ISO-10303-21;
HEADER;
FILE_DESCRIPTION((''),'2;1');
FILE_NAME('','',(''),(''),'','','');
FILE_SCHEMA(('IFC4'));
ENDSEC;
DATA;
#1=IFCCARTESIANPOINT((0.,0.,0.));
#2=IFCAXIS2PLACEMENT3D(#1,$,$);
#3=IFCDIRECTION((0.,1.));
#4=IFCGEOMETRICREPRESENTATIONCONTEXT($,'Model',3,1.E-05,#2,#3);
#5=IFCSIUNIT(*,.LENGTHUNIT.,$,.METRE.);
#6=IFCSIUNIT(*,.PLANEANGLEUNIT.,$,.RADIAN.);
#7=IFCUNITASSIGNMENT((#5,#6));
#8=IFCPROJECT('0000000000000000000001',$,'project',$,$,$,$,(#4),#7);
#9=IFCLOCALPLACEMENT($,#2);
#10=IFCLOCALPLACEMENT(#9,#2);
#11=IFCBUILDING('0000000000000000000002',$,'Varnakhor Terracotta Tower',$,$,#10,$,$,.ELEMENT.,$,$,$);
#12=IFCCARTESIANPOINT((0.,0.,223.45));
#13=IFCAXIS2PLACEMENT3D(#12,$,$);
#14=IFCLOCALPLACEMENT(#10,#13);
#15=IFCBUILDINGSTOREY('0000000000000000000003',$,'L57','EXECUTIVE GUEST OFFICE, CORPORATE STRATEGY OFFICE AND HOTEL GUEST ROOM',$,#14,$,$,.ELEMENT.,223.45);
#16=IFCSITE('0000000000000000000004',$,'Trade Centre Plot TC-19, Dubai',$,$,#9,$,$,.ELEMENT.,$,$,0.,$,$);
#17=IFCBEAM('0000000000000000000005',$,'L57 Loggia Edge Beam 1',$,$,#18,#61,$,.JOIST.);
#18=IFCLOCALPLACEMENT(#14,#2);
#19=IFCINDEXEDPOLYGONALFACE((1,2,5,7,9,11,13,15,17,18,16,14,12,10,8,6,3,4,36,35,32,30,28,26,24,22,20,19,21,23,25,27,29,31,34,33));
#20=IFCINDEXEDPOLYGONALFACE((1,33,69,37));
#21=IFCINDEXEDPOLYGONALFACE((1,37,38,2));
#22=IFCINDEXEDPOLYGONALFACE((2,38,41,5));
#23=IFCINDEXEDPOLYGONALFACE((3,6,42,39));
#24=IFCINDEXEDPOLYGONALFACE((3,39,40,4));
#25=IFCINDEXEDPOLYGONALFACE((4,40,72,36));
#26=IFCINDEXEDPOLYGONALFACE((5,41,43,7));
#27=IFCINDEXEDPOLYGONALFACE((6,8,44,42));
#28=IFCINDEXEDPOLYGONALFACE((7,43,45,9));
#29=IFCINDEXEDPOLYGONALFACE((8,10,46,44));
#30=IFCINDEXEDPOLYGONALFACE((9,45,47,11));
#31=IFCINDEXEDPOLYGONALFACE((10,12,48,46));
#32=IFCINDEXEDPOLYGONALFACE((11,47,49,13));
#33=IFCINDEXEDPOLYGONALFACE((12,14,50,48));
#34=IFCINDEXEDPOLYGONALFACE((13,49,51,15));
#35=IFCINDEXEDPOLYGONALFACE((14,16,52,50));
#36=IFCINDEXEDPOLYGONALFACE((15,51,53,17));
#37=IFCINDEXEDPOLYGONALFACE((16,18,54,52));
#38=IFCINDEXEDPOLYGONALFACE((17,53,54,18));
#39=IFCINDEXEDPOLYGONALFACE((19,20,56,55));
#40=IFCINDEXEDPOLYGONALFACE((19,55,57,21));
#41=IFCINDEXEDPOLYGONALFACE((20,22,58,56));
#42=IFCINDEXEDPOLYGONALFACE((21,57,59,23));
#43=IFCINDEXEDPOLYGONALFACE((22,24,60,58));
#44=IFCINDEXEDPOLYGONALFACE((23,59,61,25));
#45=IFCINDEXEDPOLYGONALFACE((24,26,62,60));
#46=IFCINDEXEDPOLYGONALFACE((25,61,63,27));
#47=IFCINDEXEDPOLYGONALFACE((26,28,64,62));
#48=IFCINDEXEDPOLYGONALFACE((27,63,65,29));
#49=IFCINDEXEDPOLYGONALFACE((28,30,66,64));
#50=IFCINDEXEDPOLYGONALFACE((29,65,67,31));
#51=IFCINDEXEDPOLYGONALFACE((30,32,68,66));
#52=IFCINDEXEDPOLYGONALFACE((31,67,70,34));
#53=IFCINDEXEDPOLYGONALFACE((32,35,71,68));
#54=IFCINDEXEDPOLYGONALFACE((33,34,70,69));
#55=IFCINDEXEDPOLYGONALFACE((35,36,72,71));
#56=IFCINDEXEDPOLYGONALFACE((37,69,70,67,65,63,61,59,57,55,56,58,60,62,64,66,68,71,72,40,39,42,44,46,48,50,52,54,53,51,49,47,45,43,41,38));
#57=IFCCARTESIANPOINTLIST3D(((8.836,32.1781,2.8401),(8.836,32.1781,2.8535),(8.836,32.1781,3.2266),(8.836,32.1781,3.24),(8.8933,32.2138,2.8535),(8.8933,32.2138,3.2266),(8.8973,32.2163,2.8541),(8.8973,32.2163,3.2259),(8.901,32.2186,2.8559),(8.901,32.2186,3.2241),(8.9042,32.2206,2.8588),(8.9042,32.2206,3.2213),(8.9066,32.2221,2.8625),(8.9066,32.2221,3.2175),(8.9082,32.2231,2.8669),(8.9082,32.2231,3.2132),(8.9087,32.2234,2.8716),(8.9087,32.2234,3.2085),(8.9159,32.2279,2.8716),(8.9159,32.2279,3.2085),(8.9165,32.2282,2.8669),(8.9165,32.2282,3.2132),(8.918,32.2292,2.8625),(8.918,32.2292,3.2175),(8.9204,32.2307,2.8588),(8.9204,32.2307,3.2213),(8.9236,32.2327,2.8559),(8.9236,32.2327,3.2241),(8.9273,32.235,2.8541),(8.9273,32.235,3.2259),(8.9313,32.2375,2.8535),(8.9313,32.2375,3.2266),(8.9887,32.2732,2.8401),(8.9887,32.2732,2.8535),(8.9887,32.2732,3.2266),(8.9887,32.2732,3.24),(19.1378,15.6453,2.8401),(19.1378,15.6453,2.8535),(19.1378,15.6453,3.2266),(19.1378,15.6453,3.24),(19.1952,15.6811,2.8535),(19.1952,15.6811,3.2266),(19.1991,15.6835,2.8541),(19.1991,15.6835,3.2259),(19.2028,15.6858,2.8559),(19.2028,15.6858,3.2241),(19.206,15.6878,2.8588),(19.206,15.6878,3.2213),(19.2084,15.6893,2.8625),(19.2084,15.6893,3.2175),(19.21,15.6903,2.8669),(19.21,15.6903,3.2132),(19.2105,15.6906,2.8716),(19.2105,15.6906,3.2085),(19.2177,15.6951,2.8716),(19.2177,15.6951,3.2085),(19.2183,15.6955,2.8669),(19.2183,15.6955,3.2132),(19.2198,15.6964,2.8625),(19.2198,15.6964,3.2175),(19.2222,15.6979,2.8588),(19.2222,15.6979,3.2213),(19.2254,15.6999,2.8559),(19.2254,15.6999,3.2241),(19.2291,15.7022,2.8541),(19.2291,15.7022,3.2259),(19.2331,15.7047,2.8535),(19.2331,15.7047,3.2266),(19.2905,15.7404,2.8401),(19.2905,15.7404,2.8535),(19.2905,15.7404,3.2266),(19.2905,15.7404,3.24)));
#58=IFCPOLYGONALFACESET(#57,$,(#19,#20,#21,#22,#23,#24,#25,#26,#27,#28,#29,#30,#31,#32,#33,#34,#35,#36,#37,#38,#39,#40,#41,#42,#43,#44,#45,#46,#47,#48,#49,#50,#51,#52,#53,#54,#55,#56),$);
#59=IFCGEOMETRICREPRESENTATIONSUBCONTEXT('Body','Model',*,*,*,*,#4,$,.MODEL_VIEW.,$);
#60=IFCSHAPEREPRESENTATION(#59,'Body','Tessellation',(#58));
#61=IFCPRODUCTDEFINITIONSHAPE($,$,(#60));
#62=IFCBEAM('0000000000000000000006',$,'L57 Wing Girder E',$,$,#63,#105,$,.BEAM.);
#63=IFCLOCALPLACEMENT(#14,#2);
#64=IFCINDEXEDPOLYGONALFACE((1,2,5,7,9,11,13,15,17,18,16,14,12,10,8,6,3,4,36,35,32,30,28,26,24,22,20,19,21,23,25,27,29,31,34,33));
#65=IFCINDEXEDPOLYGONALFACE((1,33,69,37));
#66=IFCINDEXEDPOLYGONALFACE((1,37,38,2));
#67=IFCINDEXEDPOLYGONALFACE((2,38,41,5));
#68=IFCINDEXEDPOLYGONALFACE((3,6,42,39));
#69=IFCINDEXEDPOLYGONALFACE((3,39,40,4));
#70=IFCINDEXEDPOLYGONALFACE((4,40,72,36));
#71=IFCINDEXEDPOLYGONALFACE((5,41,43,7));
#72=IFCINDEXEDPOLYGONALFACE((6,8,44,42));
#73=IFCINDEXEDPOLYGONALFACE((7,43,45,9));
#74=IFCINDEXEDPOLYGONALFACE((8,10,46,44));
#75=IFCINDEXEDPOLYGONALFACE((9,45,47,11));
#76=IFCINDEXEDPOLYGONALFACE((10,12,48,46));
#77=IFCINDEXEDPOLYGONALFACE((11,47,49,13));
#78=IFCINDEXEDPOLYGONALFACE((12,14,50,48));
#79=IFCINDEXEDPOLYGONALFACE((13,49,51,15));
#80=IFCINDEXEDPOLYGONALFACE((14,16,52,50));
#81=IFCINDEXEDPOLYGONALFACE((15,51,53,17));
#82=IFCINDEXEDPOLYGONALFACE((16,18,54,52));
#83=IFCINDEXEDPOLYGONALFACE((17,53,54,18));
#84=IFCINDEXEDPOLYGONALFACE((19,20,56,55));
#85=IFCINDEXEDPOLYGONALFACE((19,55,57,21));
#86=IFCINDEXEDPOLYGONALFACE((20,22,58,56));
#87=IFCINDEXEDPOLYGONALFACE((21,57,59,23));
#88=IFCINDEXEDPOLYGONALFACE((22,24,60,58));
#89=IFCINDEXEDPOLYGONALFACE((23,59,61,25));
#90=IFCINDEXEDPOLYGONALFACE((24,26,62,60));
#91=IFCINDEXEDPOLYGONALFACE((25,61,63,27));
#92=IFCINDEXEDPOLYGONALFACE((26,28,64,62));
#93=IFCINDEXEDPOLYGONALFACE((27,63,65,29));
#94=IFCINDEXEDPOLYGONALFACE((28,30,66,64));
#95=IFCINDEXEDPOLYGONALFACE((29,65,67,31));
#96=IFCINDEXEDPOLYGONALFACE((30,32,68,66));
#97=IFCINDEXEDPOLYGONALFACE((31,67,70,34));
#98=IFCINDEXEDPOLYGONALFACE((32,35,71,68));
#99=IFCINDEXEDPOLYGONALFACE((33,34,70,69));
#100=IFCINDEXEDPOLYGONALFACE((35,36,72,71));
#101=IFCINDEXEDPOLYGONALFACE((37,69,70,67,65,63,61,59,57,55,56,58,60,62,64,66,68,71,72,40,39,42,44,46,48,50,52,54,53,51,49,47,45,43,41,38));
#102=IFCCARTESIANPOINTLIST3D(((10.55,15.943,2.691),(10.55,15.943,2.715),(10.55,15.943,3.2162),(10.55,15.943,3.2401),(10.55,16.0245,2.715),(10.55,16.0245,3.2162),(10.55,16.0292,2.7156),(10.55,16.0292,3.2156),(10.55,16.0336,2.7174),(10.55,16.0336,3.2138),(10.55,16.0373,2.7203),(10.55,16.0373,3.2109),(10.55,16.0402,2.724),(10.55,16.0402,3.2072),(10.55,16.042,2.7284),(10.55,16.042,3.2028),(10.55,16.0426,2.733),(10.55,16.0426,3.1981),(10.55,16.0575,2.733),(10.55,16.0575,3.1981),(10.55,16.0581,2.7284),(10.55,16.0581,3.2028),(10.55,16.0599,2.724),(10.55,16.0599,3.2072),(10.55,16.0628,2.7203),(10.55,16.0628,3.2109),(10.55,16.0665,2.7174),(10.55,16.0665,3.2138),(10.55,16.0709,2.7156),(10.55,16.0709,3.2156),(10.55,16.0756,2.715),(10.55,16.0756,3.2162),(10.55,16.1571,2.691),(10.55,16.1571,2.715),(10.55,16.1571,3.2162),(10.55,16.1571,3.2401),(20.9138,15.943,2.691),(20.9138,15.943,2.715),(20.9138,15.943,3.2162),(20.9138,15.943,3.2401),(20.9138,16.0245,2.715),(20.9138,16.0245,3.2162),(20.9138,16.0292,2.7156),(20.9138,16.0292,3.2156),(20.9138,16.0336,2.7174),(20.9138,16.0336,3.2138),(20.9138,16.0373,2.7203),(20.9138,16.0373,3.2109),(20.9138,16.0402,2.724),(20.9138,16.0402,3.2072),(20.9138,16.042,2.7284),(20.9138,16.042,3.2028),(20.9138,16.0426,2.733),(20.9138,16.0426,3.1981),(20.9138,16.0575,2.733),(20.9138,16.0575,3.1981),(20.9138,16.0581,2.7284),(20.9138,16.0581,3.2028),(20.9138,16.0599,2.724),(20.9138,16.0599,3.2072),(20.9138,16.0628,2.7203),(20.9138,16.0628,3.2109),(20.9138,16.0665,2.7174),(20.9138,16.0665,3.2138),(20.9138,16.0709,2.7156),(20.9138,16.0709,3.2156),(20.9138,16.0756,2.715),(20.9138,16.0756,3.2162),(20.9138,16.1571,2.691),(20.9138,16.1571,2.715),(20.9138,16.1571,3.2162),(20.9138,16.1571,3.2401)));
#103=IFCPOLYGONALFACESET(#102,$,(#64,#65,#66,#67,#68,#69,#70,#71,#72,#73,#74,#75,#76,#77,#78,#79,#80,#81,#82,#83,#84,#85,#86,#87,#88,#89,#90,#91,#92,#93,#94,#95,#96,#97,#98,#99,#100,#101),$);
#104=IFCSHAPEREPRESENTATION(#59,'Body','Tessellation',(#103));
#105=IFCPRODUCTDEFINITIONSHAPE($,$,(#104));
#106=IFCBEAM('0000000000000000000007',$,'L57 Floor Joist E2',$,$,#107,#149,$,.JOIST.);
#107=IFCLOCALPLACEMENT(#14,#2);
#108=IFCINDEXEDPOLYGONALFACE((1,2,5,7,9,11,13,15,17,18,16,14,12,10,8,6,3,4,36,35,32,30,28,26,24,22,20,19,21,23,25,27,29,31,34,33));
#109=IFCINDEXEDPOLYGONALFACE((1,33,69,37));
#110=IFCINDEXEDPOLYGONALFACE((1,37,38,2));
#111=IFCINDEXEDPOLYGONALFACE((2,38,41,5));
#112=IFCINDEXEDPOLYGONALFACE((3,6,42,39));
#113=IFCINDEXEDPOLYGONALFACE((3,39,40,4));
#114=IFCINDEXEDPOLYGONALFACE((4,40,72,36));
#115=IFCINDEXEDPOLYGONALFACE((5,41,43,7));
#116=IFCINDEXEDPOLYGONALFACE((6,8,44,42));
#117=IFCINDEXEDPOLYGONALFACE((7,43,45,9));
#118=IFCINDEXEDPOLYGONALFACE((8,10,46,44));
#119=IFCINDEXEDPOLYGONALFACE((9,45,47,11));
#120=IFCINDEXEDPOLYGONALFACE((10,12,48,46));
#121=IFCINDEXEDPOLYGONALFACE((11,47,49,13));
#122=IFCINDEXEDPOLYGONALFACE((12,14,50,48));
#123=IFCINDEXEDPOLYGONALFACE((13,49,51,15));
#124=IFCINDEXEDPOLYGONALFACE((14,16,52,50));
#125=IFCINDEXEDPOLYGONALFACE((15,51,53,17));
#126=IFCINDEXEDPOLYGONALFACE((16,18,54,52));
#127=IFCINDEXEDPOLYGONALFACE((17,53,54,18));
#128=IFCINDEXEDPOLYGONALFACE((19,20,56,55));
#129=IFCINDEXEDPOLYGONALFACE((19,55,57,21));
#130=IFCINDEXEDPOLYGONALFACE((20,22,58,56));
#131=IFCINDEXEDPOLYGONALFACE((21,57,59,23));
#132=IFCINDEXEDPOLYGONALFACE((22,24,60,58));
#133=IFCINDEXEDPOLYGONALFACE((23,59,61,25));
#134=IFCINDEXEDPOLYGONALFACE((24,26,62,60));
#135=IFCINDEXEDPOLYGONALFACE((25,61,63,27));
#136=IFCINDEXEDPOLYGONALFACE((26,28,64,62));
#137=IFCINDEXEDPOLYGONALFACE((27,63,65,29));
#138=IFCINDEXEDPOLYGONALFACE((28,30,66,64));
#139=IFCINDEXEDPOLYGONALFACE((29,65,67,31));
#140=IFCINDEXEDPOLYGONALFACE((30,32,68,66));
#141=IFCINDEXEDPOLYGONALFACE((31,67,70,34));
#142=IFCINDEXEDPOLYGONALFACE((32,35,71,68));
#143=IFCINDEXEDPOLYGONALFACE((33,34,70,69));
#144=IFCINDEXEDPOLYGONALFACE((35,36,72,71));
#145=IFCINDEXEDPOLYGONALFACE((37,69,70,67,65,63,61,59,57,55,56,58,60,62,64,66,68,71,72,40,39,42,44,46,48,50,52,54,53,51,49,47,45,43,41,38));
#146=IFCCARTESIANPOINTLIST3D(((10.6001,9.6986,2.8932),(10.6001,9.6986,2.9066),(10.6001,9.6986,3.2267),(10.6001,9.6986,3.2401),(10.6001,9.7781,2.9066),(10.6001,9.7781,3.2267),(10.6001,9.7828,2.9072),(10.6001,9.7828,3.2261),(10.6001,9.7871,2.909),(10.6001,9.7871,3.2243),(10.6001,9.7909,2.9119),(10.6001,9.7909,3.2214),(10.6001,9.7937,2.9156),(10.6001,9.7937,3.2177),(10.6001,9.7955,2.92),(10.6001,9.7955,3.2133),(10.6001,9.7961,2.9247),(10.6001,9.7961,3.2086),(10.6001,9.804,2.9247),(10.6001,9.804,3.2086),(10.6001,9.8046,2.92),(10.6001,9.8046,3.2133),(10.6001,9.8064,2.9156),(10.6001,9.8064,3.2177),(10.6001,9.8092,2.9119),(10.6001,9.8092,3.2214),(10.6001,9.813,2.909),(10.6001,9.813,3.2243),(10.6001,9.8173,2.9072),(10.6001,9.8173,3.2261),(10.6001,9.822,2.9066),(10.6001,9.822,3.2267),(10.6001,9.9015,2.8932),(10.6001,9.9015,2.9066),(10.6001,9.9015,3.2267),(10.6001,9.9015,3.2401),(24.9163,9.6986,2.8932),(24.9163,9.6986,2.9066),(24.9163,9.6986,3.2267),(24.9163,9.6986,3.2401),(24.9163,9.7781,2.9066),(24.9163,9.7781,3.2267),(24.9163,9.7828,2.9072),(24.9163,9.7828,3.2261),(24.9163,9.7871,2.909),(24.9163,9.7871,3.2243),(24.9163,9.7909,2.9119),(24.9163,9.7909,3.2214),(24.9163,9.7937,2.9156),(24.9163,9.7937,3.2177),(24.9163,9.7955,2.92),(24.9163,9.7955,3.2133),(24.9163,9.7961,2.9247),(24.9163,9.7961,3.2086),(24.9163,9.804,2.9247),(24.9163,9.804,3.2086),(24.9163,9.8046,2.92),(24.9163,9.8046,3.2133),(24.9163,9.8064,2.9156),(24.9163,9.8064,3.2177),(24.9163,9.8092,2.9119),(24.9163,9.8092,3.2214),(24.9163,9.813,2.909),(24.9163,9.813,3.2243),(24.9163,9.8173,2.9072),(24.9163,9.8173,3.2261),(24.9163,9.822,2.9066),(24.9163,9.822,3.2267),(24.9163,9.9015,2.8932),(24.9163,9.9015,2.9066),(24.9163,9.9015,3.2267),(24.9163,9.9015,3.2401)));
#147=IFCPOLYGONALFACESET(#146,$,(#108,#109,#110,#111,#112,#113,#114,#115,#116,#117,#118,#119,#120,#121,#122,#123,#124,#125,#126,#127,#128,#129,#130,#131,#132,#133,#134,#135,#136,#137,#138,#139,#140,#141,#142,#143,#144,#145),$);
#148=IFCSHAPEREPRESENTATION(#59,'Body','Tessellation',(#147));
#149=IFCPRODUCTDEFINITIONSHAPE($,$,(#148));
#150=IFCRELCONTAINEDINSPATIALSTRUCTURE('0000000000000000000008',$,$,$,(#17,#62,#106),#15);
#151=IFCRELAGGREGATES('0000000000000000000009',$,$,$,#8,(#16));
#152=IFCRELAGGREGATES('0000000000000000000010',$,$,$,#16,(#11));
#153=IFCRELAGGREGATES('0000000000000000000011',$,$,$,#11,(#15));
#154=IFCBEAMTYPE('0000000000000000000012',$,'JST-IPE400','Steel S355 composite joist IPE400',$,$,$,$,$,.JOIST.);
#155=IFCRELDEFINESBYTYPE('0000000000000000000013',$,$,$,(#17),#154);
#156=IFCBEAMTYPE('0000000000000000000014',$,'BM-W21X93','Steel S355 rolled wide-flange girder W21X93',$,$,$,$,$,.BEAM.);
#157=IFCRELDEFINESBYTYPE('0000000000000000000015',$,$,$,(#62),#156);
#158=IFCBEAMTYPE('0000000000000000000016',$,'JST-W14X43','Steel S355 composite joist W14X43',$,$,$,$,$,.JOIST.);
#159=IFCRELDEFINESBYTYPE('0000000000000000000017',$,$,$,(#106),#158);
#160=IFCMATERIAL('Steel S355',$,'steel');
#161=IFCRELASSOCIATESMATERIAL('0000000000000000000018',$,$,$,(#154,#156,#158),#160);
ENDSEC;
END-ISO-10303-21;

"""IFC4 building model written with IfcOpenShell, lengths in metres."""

from ifc_helpers import new_model, si_unit, direction, frame, origin, origin_2d, place, context, subcontext, project, spatial, i_section, extrude, source, transform, mapped, material, material_profile, profile_set, type_object, element, save


model = new_model("IFC4")

# Units and contexts
model_context = context("Model", 3, precision=1e-05, world=origin(), true_north=direction((0.0, 1.0)))
body_context = subcontext(model_context, "Body", "Model", "MODEL_VIEW")
ifc_project = project(units=[si_unit("LENGTHUNIT", "METRE"), si_unit("PLANEANGLEUNIT", "RADIAN")], contexts=[model_context])

# Site, building, storey
site_placement = place(None, origin())
site = spatial("IfcSite", under=ifc_project, at=site_placement, Name="Trade Centre Plot TC-19, Dubai", CompositionType="ELEMENT", RefElevation=0.0)
building_placement = place(site_placement, origin())
building = spatial("IfcBuilding", under=site, at=building_placement, Name="Varnakhor Terracotta Tower", CompositionType="ELEMENT")
storey_placement = place(building_placement, frame((0.0, 0.0, 223.45)))
storey = spatial("IfcBuildingStorey", under=building, at=storey_placement, Name="L57", Description="EXECUTIVE GUEST OFFICE, CORPORATE STRATEGY OFFICE AND HOTEL GUEST ROOM", CompositionType="ELEMENT", Elevation=223.45)

# Beams
ifc_material_1 = material(Name="Steel S355", Category="steel")
ifc_material_profile_1 = material_profile(ifc_material_1, i_section(OverallWidth=0.1799, OverallDepth=0.3999, WebThickness=0.0085, FlangeThickness=0.0134, FilletRadius=0.0181, at=origin_2d()), Name="IPE400")
ifc_profile_set_1 = profile_set([ifc_material_profile_1], Name="Steel S355")
beam_type_1 = type_object("IfcBeamType", Name="JST-IPE400", Description="Steel S355 composite joist IPE400", PredefinedType="JOIST", material=ifc_profile_set_1)
shared_shape_1 = source(origin(), body_context, "Body", "SweptSolid", [
    extrude(i_section(OverallWidth=0.1799, OverallDepth=0.3999, WebThickness=0.0085, FlangeThickness=0.0134, FilletRadius=0.0181, at=origin_2d()), origin(), (0.0, 0.0, 1.0), 19.4797),
])
beam_1_placement = place(storey_placement, frame((19.2141, 15.6929, 3.04), z_axis=(-0.528847, 0.848717, 0.0), x_axis=(-0.848717, -0.528847, 0.0)))
element("IfcBeam", 1, at=beam_1_placement, inside=storey, type_object=beam_type_1, Name="L57 Loggia Edge Beam 1", PredefinedType="JOIST", context=body_context, shape_type="MappedRepresentation", body=[
    mapped(shared_shape_1, transform((0.0, 0.0, 0.0), scale=1.0)),
])
ifc_material_profile_2 = material_profile(ifc_material_1, i_section(OverallWidth=0.2141, OverallDepth=0.5491, WebThickness=0.0149, FlangeThickness=0.0239, FilletRadius=0.0181, at=origin_2d()), Name="W21X93")
ifc_profile_set_2 = profile_set([ifc_material_profile_2], Name="Steel S355")
beam_type_2 = type_object("IfcBeamType", Name="BM-W21X93", Description="Steel S355 rolled wide-flange girder W21X93", PredefinedType="BEAM", material=ifc_profile_set_2)
shared_shape_2 = source(origin(), body_context, "Body", "SweptSolid", [
    extrude(i_section(OverallWidth=0.2141, OverallDepth=0.5491, WebThickness=0.0149, FlangeThickness=0.0239, FilletRadius=0.0181, at=origin_2d()), origin(), (0.0, 0.0, 1.0), 10.3638),
])
beam_2_placement = place(storey_placement, frame((10.55, 16.05, 2.9656), z_axis=(1.0, 0.0, 0.0), x_axis=(0.0, 1.0, 0.0)))
element("IfcBeam", 2, at=beam_2_placement, inside=storey, type_object=beam_type_2, Name="L57 Wing Girder E", PredefinedType="BEAM", context=body_context, shape_type="MappedRepresentation", body=[
    mapped(shared_shape_2, transform((0.0, 0.0, 0.0), scale=1.0)),
])
ifc_material_profile_3 = material_profile(ifc_material_1, i_section(OverallWidth=0.2029, OverallDepth=0.3469, WebThickness=0.0078, FlangeThickness=0.0134, FilletRadius=0.0181, at=origin_2d()), Name="W14X43")
ifc_profile_set_3 = profile_set([ifc_material_profile_3], Name="Steel S355")
beam_type_3 = type_object("IfcBeamType", Name="JST-W14X43", Description="Steel S355 composite joist W14X43", PredefinedType="JOIST", material=ifc_profile_set_3)
shared_shape_3 = source(origin(), body_context, "Body", "SweptSolid", [
    extrude(i_section(OverallWidth=0.2029, OverallDepth=0.3469, WebThickness=0.0078, FlangeThickness=0.0134, FilletRadius=0.0181, at=origin_2d()), origin(), (0.0, 0.0, 1.0), 14.3162),
])
beam_3_placement = place(storey_placement, frame((10.6001, 9.8, 3.0667), z_axis=(1.0, 0.0, 0.0), x_axis=(0.0, 1.0, 0.0)))
element("IfcBeam", 3, at=beam_3_placement, inside=storey, type_object=beam_type_3, Name="L57 Floor Joist E2", PredefinedType="JOIST", context=body_context, shape_type="MappedRepresentation", body=[
    mapped(shared_shape_3, transform((0.0, 0.0, 0.0), scale=1.0)),
])

save(model, "model.ifc")
